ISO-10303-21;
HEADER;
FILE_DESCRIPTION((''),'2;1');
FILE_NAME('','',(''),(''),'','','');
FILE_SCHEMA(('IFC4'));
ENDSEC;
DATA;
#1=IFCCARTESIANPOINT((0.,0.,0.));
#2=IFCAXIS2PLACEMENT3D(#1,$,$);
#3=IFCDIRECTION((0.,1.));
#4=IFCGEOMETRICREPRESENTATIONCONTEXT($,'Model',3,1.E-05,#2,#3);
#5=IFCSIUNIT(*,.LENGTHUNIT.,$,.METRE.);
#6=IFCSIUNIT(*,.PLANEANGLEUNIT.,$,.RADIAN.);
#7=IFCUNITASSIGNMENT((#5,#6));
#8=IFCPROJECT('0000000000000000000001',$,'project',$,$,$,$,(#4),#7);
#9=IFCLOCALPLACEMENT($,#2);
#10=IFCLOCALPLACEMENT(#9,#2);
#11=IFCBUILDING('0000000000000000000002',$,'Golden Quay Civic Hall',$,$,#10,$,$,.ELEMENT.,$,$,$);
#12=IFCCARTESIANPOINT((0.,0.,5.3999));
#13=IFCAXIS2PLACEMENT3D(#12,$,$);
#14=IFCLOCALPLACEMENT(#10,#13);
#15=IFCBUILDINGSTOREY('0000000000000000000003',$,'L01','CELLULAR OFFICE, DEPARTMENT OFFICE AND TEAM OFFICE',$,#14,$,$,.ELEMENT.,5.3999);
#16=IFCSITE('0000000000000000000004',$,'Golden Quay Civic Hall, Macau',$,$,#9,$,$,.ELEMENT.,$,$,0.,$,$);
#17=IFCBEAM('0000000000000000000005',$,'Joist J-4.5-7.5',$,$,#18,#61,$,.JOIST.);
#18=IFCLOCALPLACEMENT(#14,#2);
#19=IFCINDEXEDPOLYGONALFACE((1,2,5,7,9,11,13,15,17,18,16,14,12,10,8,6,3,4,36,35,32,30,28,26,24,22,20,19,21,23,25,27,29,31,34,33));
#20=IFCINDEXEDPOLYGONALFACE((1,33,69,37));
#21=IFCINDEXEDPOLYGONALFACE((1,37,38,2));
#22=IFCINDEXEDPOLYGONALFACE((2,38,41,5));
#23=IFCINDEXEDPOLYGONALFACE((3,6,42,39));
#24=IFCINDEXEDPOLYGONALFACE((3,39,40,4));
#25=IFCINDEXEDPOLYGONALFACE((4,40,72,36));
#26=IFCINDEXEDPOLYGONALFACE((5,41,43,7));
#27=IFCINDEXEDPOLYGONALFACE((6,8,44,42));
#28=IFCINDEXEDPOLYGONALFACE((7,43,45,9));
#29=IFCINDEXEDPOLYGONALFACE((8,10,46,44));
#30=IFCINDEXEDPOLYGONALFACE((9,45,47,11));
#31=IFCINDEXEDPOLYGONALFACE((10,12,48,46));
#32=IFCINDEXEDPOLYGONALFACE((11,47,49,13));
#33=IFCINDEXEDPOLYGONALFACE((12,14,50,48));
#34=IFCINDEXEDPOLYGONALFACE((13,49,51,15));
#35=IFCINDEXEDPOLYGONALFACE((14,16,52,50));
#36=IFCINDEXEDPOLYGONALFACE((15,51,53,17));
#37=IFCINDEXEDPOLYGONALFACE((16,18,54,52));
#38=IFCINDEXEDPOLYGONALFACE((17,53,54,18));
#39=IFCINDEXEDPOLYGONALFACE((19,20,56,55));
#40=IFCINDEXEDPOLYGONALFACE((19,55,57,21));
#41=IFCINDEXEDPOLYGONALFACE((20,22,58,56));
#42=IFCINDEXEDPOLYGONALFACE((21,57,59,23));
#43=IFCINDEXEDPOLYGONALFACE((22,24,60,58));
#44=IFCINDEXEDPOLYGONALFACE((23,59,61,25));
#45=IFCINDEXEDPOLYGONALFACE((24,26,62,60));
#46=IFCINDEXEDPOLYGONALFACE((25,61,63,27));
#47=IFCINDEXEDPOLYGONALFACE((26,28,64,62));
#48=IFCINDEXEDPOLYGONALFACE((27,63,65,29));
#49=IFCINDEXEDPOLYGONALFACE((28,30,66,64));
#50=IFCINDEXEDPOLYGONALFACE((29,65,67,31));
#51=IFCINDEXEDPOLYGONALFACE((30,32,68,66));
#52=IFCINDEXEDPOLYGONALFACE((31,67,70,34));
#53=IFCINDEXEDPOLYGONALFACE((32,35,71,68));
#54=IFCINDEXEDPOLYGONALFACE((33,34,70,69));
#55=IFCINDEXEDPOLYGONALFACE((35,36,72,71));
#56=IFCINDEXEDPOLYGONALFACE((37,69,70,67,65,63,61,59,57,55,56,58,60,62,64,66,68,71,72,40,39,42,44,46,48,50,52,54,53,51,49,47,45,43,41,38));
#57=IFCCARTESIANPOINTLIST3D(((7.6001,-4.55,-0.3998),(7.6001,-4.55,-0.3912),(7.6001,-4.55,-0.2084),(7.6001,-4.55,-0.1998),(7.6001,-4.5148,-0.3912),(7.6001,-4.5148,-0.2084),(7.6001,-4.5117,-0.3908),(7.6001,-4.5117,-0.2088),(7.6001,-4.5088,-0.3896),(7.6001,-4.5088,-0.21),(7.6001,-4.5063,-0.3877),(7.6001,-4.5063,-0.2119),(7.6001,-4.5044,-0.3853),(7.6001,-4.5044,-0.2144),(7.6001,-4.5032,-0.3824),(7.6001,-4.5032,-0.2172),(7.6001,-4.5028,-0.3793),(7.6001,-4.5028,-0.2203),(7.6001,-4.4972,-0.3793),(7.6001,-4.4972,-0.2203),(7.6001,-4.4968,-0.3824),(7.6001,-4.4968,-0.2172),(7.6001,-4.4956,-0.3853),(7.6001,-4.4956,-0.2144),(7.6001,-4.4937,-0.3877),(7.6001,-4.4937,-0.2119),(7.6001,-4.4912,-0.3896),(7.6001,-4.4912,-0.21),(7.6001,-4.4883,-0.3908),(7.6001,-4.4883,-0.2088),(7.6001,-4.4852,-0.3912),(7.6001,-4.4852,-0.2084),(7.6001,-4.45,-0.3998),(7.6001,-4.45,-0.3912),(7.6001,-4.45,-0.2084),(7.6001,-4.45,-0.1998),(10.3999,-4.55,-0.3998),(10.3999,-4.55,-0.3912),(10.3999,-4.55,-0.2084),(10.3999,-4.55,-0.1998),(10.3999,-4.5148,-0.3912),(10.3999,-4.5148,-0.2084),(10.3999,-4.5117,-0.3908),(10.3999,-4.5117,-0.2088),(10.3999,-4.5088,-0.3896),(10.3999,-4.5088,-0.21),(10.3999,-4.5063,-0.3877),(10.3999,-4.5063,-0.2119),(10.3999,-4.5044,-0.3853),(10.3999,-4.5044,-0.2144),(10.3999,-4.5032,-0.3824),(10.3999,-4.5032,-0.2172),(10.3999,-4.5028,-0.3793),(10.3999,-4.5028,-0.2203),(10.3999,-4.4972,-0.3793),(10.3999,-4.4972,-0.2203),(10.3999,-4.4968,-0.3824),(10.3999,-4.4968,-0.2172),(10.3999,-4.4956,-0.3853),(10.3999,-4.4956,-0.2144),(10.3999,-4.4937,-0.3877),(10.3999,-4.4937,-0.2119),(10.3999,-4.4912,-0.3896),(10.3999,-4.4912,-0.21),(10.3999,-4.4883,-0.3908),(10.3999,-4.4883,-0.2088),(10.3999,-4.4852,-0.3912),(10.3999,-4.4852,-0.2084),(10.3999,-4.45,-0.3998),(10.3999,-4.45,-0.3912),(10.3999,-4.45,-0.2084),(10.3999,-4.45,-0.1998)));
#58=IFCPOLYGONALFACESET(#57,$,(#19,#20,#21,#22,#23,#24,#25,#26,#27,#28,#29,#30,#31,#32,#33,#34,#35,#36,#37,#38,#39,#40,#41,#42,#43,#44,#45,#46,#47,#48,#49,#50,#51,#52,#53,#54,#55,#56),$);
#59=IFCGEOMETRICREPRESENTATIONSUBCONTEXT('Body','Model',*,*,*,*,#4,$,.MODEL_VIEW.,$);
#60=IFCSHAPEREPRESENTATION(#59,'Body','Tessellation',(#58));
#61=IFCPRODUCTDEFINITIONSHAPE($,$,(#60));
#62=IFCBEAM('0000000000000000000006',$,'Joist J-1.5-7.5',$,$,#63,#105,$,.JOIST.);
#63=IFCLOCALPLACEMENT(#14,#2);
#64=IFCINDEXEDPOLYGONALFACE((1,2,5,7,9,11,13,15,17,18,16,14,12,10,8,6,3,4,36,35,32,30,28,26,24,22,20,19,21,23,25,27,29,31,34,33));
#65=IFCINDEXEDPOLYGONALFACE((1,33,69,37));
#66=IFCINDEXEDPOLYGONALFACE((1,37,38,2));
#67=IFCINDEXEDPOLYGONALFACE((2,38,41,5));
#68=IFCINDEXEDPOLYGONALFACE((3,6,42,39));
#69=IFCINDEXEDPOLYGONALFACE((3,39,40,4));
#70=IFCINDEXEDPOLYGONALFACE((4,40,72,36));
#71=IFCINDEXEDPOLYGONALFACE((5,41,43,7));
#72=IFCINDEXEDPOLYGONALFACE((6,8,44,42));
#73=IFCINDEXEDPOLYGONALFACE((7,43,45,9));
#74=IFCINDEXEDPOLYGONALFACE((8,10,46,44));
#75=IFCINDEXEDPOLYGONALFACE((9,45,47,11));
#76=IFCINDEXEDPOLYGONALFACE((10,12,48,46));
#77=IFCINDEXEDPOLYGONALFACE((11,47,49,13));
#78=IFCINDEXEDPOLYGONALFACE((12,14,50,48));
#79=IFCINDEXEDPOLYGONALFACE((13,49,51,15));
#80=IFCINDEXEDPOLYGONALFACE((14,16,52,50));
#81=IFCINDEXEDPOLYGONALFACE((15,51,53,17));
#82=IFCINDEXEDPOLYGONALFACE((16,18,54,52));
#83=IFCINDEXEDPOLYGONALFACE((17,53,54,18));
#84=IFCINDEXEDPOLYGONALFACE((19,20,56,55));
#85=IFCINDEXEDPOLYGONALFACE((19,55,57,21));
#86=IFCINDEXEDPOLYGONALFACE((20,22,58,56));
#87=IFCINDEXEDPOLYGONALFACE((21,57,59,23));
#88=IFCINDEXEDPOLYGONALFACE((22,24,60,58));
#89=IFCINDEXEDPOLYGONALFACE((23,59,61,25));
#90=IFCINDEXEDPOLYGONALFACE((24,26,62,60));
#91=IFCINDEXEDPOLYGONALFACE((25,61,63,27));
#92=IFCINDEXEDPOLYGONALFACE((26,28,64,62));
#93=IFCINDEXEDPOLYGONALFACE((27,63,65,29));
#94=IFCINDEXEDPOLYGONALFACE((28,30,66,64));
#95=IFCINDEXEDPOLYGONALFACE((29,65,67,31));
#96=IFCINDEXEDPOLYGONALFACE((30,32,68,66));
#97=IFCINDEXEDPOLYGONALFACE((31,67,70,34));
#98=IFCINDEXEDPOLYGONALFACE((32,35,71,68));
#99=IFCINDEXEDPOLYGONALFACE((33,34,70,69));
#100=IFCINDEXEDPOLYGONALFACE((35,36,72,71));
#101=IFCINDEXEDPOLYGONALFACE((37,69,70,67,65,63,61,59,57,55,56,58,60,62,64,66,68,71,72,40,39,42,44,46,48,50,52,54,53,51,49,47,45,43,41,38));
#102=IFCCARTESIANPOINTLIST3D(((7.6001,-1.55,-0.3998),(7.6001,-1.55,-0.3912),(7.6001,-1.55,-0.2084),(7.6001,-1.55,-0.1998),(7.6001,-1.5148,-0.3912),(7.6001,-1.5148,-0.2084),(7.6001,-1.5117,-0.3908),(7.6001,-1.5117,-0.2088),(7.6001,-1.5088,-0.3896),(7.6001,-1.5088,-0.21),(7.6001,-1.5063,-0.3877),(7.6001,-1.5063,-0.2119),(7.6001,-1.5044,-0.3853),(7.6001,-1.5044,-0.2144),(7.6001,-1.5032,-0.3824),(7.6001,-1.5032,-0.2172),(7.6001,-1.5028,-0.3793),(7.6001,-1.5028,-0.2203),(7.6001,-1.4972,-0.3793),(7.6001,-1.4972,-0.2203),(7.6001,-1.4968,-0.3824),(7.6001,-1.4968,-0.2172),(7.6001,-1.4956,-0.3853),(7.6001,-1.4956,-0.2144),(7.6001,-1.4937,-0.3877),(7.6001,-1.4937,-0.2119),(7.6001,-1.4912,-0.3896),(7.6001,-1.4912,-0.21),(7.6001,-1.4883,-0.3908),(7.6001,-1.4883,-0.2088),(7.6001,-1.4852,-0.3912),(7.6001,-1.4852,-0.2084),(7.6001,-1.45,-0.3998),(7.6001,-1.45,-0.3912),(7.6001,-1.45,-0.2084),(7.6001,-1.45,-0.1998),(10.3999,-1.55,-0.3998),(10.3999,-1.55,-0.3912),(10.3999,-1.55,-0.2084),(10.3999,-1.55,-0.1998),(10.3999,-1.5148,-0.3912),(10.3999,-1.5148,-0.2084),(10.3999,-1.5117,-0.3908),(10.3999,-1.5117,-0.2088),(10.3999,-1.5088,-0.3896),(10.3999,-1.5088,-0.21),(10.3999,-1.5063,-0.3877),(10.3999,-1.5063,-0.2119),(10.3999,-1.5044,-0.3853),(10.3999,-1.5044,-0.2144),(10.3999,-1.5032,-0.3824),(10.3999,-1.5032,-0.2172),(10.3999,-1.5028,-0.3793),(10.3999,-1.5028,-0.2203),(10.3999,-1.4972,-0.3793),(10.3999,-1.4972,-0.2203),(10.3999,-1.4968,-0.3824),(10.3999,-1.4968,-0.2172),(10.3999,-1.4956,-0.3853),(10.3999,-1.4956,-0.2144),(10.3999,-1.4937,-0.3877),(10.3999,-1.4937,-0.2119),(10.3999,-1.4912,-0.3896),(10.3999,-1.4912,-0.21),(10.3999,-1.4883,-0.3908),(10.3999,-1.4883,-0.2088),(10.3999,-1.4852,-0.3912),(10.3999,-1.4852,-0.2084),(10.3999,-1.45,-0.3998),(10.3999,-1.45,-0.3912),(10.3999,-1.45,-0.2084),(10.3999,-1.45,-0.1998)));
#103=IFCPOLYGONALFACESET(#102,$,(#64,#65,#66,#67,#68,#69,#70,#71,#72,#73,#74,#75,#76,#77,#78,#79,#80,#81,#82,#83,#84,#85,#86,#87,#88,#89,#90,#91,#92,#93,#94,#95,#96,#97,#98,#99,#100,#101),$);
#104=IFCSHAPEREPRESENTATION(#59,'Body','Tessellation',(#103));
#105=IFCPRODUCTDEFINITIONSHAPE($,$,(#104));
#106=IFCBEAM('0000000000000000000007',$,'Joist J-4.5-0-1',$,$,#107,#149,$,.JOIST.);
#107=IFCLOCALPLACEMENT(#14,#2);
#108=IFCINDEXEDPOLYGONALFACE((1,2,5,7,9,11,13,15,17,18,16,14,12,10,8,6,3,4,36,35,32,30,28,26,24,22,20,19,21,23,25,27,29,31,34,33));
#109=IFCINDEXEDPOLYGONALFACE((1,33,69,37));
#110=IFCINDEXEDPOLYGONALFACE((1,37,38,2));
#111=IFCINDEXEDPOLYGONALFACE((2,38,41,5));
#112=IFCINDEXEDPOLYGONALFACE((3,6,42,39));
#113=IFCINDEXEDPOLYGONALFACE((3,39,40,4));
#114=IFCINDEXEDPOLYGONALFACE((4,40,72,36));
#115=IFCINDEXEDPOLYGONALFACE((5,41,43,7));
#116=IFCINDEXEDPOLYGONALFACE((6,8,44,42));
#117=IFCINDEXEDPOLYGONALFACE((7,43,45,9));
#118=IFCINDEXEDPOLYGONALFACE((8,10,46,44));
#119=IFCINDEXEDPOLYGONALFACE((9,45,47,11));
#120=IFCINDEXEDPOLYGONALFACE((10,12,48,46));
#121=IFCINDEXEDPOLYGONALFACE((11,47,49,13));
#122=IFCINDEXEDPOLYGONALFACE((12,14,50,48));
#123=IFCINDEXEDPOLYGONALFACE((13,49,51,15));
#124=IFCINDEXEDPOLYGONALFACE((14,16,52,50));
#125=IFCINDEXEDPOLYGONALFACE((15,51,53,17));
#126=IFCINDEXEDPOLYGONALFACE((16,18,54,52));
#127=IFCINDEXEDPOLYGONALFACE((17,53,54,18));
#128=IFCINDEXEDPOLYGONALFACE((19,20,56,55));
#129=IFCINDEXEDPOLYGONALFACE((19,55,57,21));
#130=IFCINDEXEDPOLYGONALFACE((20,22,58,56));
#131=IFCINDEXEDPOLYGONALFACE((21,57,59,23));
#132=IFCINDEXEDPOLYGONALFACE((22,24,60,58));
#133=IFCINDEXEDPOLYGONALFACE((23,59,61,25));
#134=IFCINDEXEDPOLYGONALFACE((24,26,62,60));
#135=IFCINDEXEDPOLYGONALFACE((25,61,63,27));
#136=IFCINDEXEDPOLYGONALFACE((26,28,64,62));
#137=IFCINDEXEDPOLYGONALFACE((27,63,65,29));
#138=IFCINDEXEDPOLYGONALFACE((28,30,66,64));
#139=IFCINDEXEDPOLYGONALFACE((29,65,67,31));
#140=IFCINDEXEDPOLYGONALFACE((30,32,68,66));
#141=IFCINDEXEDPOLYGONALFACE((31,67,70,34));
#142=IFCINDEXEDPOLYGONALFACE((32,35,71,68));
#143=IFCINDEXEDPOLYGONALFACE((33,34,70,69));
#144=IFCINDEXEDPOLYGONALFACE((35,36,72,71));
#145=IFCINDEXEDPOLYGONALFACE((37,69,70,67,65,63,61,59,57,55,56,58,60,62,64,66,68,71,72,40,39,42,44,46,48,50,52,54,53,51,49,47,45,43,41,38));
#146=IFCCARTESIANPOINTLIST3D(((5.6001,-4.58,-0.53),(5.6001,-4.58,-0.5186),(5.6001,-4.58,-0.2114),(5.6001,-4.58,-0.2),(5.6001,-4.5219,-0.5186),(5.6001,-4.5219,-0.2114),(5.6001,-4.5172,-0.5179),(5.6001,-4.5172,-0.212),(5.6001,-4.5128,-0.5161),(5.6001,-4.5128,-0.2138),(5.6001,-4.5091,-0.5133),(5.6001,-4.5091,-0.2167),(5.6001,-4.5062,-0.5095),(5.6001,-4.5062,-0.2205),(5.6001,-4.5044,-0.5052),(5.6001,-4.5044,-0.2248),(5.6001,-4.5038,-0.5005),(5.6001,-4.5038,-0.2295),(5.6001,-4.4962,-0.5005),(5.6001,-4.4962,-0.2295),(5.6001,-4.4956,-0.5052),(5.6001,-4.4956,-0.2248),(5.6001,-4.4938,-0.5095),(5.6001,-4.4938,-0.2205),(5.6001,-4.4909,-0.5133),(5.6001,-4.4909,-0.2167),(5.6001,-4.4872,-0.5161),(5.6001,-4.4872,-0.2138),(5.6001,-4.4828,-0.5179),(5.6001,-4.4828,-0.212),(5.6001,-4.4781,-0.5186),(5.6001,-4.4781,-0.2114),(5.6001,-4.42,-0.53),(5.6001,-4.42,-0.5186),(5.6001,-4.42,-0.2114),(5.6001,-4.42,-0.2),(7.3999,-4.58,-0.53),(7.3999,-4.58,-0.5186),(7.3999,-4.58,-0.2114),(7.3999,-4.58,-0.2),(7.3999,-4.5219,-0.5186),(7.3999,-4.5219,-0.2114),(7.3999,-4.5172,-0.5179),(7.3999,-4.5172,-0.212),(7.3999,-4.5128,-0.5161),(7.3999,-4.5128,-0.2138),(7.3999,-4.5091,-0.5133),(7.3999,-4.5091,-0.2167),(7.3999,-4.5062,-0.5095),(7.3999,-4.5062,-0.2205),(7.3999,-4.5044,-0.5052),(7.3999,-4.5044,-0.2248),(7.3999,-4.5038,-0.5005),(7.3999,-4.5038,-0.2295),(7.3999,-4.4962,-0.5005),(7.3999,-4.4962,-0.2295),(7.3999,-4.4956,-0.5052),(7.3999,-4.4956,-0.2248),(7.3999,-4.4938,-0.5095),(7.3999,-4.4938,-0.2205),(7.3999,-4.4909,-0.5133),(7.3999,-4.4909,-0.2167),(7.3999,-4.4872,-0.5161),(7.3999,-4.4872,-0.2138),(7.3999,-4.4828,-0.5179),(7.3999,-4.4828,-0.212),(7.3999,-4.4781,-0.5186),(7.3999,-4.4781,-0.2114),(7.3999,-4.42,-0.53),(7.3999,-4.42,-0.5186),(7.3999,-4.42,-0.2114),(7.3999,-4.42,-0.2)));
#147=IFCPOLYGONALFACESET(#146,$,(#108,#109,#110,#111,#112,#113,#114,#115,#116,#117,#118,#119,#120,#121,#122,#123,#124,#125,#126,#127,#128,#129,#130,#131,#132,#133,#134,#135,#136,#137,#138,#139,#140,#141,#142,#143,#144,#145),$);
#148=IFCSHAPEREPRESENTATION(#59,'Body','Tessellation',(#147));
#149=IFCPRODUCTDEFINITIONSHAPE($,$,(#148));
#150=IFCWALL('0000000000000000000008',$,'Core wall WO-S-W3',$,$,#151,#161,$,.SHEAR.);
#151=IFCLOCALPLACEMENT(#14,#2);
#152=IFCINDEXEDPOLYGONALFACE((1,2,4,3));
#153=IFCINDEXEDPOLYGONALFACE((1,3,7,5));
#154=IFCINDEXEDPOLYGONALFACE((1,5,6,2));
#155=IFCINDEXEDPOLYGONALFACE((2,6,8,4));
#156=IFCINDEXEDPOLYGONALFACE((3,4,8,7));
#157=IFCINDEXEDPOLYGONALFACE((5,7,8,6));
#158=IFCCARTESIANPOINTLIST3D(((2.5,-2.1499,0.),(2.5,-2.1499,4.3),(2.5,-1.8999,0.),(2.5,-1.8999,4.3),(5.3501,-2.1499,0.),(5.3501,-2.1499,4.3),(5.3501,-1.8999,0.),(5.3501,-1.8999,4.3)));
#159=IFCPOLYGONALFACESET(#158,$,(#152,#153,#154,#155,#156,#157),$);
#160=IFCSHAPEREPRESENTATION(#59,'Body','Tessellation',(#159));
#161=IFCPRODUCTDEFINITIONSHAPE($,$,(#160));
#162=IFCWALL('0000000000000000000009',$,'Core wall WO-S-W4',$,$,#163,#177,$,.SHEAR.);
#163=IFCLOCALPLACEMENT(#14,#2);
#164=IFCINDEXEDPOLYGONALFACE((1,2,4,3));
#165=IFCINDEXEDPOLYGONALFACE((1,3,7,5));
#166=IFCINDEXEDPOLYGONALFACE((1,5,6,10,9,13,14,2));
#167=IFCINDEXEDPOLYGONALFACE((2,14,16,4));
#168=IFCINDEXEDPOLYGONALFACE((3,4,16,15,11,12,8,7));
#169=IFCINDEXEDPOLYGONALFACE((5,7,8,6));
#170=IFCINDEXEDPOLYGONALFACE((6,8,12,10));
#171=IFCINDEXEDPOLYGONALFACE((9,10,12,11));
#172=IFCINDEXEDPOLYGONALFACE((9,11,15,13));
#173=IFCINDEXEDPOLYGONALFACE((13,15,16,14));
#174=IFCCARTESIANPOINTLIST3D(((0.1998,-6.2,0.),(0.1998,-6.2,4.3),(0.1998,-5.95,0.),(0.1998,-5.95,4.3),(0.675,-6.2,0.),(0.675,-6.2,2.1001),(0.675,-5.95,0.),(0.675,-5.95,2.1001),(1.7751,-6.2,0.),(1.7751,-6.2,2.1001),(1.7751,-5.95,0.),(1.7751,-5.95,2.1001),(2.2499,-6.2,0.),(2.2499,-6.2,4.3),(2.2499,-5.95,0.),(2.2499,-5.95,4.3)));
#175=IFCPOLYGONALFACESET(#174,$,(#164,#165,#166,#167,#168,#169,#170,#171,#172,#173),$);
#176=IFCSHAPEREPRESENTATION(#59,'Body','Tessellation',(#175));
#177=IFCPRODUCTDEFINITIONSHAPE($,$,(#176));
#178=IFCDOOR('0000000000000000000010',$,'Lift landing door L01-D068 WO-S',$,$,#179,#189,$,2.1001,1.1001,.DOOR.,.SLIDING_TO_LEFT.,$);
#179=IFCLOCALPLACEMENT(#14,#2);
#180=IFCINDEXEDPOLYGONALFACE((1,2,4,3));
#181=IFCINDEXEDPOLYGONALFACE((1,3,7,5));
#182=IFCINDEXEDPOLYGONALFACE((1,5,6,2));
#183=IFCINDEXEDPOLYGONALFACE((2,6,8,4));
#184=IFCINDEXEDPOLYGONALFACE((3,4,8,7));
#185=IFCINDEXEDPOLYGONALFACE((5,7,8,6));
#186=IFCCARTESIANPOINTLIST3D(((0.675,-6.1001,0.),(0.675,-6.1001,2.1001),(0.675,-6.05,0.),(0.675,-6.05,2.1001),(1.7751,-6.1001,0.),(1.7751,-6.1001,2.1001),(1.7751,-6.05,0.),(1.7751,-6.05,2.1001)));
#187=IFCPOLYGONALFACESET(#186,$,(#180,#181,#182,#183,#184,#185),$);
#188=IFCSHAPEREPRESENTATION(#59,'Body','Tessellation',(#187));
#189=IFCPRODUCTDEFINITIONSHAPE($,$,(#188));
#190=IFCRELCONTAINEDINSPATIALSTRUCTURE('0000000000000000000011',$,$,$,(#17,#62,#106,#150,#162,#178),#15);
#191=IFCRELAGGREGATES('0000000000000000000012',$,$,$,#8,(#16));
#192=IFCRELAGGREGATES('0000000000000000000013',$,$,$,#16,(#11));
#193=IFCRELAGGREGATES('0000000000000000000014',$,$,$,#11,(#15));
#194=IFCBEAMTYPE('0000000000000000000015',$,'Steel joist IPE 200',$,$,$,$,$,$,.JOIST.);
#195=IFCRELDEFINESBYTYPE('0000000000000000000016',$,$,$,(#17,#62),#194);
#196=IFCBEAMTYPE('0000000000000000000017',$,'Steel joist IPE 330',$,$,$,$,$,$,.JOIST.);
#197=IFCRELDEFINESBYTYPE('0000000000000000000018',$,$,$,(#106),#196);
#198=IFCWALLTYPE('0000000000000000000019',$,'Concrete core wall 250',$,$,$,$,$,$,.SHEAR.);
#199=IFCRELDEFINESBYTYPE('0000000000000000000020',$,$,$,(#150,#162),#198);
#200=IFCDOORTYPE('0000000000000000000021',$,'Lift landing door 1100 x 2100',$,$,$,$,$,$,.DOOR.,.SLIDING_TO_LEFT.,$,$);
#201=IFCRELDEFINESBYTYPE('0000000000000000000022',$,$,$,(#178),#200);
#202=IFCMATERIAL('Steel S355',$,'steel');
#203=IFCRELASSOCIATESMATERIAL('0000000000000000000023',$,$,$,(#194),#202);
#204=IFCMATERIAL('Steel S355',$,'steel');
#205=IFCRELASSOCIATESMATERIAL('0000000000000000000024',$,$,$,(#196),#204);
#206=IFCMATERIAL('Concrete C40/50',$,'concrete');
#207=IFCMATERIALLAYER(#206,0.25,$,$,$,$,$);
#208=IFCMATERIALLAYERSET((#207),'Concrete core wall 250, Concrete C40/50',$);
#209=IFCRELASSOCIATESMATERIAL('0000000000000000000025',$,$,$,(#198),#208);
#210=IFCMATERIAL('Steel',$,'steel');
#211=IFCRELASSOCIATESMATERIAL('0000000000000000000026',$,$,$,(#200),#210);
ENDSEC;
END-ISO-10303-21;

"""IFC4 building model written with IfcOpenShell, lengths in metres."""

from ifc_helpers import new_model, si_unit, direction, frame, frame_2d, origin, origin_2d, place, context, subcontext, project, spatial, rectangle, i_section, extrude, material, layer, layer_set, material_profile, profile_set, type_object, element, fill, save


model = new_model("IFC4")

# Units and contexts
model_context = context("Model", 3, precision=1e-05, world=origin(), true_north=direction((0.0, 1.0)))
body_context = subcontext(model_context, "Body", "Model", "MODEL_VIEW")
ifc_project = project(units=[si_unit("LENGTHUNIT", "METRE"), si_unit("PLANEANGLEUNIT", "RADIAN")], contexts=[model_context])

# Site, building, storey
site_placement = place(None, origin())
site = spatial("IfcSite", under=ifc_project, at=site_placement, Name="Golden Quay Civic Hall, Macau", CompositionType="ELEMENT", RefElevation=0.0)
building_placement = place(site_placement, origin())
building = spatial("IfcBuilding", under=site, at=building_placement, Name="Golden Quay Civic Hall", CompositionType="ELEMENT")
storey_placement = place(building_placement, frame((0.0, 0.0, 5.3999)))
storey = spatial("IfcBuildingStorey", under=building, at=storey_placement, Name="L01", Description="CELLULAR OFFICE, DEPARTMENT OFFICE AND TEAM OFFICE", CompositionType="ELEMENT", Elevation=5.3999)

# Beams
ifc_material_1 = material(Name="Steel S355", Category="steel")
ifc_material_profile_1 = material_profile(ifc_material_1, i_section(OverallWidth=0.1001, OverallDepth=0.2, WebThickness=0.0056, FlangeThickness=0.0085, FilletRadius=0.012, at=origin_2d()), Name="IPE 200")
ifc_profile_set_1 = profile_set([ifc_material_profile_1], Name="Steel S355")
beam_type_1 = type_object("IfcBeamType", Name="Steel joist IPE 200", PredefinedType="JOIST", material=ifc_profile_set_1)
for number, where, z_axis, x_axis, name in (
    (1, (7.6001, -4.5, -0.2998), (1.0, 0.0, 0.0), (0.0, 1.0, 0.0), "Joist J-4.5-7.5"),
    (2, (7.6001, -1.5, -0.2998), (1.0, 0.0, 0.0), (0.0, 1.0, 0.0), "Joist J-1.5-7.5"),
):
    element("IfcBeam", number, at=place(storey_placement, frame(where, z_axis=z_axis, x_axis=x_axis)), inside=storey, type_object=beam_type_1, Name=name, PredefinedType="JOIST", context=body_context, shape_type="SweptSolid", body=[
        extrude(i_section(OverallWidth=0.1001, OverallDepth=0.2, WebThickness=0.0056, FlangeThickness=0.0085, FilletRadius=0.012, at=origin_2d()), origin(), (0.0, 0.0, 1.0), 2.7998),
    ])
ifc_material_2 = material(Name="Steel S355", Category="steel")
ifc_material_profile_2 = material_profile(ifc_material_2, i_section(OverallWidth=0.1599, OverallDepth=0.3301, WebThickness=0.0076, FlangeThickness=0.0115, FilletRadius=0.0181, at=origin_2d()), Name="IPE 330")
ifc_profile_set_2 = profile_set([ifc_material_profile_2], Name="Steel S355")
beam_type_2 = type_object("IfcBeamType", Name="Steel joist IPE 330", PredefinedType="JOIST", material=ifc_profile_set_2)
beam_placement = place(storey_placement, frame((5.6001, -4.5, -0.365), z_axis=(1.0, 0.0, 0.0), x_axis=(0.0, 1.0, 0.0)))
element("IfcBeam", 3, at=beam_placement, inside=storey, type_object=beam_type_2, Name="Joist J-4.5-0-1", PredefinedType="JOIST", context=body_context, shape_type="SweptSolid", body=[
    extrude(i_section(OverallWidth=0.1599, OverallDepth=0.3301, WebThickness=0.0076, FlangeThickness=0.0115, FilletRadius=0.0181, at=origin_2d()), origin(), (0.0, 0.0, 1.0), 1.7998),
])

# Wall
ifc_material_3 = material(Name="Concrete C40/50", Category="concrete")
ifc_layer = layer(ifc_material_3, 0.25)
ifc_layer_set = layer_set([ifc_layer], Name="Concrete core wall 250, Concrete C40/50")
wall_type = type_object("IfcWallType", Name="Concrete core wall 250", PredefinedType="SHEAR", material=ifc_layer_set)
wall_1_placement = place(storey_placement, frame((2.5, -2.0249, 0.0), z_axis=(0.0, 0.0, 1.0), x_axis=(1.0, 0.0, 0.0)))
element("IfcWall", 4, at=wall_1_placement, inside=storey, type_object=wall_type, Name="Core wall WO-S-W3", PredefinedType="SHEAR", context=body_context, shape_type="SweptSolid", body=[
    extrude(rectangle(XDim=2.8501, YDim=0.25, at=frame_2d((1.425, 0.0))), origin(), (0.0, 0.0, 1.0), 4.3),
])

# Wall, opening, door
wall_2_placement = place(storey_placement, frame((0.2, -6.075, 0.0), z_axis=(0.0, 0.0, 1.0), x_axis=(1.0, 0.0, 0.0)))
wall_2 = element("IfcWall", 5, at=wall_2_placement, inside=storey, type_object=wall_type, Name="Core wall WO-S-W4", PredefinedType="SHEAR", context=body_context, shape_type="SweptSolid", body=[
    extrude(rectangle(XDim=2.05, YDim=0.25, at=frame_2d((1.0249, 0.0))), origin(), (0.0, 0.0, 1.0), 4.3),
])
opening_placement = place(wall_2_placement, frame((0.4751, 0.0, 0.0)))
opening = element("IfcOpeningElement", 6, at=opening_placement, cuts=wall_2, PredefinedType="OPENING", context=body_context, shape_type="SweptSolid", body=[
    extrude(rectangle(XDim=1.1001, YDim=2.1001, at=frame_2d((0.55, 1.05))), frame((0.0, 0.135, 0.0), z_axis=(0.0, -1.0, 0.0), x_axis=(1.0, 0.0, 0.0)), (0.0, 0.0, 1.0), 0.27),
])
ifc_material_4 = material(Name="Steel", Category="steel")
door_type = type_object("IfcDoorType", Name="Lift landing door 1100 x 2100", OperationType="SLIDING_TO_LEFT", PredefinedType="DOOR", material=ifc_material_4)
door_placement = place(opening_placement, origin())
door = element("IfcDoor", 7, at=door_placement, inside=storey, type_object=door_type, Name="Lift landing door L01-D068 WO-S", OperationType="SLIDING_TO_LEFT", OverallHeight=2.1001, OverallWidth=1.1001, PredefinedType="DOOR", context=body_context, shape_type="SweptSolid", body=[
    extrude(rectangle(XDim=1.1001, YDim=2.1001, at=frame_2d((0.55, 1.05))), frame((0.0, 0.0249, 0.0), z_axis=(0.0, -1.0, 0.0), x_axis=(1.0, 0.0, 0.0)), (0.0, 0.0, 1.0), 0.05),
])
fill(opening, door)

save(model, "model.ifc")
